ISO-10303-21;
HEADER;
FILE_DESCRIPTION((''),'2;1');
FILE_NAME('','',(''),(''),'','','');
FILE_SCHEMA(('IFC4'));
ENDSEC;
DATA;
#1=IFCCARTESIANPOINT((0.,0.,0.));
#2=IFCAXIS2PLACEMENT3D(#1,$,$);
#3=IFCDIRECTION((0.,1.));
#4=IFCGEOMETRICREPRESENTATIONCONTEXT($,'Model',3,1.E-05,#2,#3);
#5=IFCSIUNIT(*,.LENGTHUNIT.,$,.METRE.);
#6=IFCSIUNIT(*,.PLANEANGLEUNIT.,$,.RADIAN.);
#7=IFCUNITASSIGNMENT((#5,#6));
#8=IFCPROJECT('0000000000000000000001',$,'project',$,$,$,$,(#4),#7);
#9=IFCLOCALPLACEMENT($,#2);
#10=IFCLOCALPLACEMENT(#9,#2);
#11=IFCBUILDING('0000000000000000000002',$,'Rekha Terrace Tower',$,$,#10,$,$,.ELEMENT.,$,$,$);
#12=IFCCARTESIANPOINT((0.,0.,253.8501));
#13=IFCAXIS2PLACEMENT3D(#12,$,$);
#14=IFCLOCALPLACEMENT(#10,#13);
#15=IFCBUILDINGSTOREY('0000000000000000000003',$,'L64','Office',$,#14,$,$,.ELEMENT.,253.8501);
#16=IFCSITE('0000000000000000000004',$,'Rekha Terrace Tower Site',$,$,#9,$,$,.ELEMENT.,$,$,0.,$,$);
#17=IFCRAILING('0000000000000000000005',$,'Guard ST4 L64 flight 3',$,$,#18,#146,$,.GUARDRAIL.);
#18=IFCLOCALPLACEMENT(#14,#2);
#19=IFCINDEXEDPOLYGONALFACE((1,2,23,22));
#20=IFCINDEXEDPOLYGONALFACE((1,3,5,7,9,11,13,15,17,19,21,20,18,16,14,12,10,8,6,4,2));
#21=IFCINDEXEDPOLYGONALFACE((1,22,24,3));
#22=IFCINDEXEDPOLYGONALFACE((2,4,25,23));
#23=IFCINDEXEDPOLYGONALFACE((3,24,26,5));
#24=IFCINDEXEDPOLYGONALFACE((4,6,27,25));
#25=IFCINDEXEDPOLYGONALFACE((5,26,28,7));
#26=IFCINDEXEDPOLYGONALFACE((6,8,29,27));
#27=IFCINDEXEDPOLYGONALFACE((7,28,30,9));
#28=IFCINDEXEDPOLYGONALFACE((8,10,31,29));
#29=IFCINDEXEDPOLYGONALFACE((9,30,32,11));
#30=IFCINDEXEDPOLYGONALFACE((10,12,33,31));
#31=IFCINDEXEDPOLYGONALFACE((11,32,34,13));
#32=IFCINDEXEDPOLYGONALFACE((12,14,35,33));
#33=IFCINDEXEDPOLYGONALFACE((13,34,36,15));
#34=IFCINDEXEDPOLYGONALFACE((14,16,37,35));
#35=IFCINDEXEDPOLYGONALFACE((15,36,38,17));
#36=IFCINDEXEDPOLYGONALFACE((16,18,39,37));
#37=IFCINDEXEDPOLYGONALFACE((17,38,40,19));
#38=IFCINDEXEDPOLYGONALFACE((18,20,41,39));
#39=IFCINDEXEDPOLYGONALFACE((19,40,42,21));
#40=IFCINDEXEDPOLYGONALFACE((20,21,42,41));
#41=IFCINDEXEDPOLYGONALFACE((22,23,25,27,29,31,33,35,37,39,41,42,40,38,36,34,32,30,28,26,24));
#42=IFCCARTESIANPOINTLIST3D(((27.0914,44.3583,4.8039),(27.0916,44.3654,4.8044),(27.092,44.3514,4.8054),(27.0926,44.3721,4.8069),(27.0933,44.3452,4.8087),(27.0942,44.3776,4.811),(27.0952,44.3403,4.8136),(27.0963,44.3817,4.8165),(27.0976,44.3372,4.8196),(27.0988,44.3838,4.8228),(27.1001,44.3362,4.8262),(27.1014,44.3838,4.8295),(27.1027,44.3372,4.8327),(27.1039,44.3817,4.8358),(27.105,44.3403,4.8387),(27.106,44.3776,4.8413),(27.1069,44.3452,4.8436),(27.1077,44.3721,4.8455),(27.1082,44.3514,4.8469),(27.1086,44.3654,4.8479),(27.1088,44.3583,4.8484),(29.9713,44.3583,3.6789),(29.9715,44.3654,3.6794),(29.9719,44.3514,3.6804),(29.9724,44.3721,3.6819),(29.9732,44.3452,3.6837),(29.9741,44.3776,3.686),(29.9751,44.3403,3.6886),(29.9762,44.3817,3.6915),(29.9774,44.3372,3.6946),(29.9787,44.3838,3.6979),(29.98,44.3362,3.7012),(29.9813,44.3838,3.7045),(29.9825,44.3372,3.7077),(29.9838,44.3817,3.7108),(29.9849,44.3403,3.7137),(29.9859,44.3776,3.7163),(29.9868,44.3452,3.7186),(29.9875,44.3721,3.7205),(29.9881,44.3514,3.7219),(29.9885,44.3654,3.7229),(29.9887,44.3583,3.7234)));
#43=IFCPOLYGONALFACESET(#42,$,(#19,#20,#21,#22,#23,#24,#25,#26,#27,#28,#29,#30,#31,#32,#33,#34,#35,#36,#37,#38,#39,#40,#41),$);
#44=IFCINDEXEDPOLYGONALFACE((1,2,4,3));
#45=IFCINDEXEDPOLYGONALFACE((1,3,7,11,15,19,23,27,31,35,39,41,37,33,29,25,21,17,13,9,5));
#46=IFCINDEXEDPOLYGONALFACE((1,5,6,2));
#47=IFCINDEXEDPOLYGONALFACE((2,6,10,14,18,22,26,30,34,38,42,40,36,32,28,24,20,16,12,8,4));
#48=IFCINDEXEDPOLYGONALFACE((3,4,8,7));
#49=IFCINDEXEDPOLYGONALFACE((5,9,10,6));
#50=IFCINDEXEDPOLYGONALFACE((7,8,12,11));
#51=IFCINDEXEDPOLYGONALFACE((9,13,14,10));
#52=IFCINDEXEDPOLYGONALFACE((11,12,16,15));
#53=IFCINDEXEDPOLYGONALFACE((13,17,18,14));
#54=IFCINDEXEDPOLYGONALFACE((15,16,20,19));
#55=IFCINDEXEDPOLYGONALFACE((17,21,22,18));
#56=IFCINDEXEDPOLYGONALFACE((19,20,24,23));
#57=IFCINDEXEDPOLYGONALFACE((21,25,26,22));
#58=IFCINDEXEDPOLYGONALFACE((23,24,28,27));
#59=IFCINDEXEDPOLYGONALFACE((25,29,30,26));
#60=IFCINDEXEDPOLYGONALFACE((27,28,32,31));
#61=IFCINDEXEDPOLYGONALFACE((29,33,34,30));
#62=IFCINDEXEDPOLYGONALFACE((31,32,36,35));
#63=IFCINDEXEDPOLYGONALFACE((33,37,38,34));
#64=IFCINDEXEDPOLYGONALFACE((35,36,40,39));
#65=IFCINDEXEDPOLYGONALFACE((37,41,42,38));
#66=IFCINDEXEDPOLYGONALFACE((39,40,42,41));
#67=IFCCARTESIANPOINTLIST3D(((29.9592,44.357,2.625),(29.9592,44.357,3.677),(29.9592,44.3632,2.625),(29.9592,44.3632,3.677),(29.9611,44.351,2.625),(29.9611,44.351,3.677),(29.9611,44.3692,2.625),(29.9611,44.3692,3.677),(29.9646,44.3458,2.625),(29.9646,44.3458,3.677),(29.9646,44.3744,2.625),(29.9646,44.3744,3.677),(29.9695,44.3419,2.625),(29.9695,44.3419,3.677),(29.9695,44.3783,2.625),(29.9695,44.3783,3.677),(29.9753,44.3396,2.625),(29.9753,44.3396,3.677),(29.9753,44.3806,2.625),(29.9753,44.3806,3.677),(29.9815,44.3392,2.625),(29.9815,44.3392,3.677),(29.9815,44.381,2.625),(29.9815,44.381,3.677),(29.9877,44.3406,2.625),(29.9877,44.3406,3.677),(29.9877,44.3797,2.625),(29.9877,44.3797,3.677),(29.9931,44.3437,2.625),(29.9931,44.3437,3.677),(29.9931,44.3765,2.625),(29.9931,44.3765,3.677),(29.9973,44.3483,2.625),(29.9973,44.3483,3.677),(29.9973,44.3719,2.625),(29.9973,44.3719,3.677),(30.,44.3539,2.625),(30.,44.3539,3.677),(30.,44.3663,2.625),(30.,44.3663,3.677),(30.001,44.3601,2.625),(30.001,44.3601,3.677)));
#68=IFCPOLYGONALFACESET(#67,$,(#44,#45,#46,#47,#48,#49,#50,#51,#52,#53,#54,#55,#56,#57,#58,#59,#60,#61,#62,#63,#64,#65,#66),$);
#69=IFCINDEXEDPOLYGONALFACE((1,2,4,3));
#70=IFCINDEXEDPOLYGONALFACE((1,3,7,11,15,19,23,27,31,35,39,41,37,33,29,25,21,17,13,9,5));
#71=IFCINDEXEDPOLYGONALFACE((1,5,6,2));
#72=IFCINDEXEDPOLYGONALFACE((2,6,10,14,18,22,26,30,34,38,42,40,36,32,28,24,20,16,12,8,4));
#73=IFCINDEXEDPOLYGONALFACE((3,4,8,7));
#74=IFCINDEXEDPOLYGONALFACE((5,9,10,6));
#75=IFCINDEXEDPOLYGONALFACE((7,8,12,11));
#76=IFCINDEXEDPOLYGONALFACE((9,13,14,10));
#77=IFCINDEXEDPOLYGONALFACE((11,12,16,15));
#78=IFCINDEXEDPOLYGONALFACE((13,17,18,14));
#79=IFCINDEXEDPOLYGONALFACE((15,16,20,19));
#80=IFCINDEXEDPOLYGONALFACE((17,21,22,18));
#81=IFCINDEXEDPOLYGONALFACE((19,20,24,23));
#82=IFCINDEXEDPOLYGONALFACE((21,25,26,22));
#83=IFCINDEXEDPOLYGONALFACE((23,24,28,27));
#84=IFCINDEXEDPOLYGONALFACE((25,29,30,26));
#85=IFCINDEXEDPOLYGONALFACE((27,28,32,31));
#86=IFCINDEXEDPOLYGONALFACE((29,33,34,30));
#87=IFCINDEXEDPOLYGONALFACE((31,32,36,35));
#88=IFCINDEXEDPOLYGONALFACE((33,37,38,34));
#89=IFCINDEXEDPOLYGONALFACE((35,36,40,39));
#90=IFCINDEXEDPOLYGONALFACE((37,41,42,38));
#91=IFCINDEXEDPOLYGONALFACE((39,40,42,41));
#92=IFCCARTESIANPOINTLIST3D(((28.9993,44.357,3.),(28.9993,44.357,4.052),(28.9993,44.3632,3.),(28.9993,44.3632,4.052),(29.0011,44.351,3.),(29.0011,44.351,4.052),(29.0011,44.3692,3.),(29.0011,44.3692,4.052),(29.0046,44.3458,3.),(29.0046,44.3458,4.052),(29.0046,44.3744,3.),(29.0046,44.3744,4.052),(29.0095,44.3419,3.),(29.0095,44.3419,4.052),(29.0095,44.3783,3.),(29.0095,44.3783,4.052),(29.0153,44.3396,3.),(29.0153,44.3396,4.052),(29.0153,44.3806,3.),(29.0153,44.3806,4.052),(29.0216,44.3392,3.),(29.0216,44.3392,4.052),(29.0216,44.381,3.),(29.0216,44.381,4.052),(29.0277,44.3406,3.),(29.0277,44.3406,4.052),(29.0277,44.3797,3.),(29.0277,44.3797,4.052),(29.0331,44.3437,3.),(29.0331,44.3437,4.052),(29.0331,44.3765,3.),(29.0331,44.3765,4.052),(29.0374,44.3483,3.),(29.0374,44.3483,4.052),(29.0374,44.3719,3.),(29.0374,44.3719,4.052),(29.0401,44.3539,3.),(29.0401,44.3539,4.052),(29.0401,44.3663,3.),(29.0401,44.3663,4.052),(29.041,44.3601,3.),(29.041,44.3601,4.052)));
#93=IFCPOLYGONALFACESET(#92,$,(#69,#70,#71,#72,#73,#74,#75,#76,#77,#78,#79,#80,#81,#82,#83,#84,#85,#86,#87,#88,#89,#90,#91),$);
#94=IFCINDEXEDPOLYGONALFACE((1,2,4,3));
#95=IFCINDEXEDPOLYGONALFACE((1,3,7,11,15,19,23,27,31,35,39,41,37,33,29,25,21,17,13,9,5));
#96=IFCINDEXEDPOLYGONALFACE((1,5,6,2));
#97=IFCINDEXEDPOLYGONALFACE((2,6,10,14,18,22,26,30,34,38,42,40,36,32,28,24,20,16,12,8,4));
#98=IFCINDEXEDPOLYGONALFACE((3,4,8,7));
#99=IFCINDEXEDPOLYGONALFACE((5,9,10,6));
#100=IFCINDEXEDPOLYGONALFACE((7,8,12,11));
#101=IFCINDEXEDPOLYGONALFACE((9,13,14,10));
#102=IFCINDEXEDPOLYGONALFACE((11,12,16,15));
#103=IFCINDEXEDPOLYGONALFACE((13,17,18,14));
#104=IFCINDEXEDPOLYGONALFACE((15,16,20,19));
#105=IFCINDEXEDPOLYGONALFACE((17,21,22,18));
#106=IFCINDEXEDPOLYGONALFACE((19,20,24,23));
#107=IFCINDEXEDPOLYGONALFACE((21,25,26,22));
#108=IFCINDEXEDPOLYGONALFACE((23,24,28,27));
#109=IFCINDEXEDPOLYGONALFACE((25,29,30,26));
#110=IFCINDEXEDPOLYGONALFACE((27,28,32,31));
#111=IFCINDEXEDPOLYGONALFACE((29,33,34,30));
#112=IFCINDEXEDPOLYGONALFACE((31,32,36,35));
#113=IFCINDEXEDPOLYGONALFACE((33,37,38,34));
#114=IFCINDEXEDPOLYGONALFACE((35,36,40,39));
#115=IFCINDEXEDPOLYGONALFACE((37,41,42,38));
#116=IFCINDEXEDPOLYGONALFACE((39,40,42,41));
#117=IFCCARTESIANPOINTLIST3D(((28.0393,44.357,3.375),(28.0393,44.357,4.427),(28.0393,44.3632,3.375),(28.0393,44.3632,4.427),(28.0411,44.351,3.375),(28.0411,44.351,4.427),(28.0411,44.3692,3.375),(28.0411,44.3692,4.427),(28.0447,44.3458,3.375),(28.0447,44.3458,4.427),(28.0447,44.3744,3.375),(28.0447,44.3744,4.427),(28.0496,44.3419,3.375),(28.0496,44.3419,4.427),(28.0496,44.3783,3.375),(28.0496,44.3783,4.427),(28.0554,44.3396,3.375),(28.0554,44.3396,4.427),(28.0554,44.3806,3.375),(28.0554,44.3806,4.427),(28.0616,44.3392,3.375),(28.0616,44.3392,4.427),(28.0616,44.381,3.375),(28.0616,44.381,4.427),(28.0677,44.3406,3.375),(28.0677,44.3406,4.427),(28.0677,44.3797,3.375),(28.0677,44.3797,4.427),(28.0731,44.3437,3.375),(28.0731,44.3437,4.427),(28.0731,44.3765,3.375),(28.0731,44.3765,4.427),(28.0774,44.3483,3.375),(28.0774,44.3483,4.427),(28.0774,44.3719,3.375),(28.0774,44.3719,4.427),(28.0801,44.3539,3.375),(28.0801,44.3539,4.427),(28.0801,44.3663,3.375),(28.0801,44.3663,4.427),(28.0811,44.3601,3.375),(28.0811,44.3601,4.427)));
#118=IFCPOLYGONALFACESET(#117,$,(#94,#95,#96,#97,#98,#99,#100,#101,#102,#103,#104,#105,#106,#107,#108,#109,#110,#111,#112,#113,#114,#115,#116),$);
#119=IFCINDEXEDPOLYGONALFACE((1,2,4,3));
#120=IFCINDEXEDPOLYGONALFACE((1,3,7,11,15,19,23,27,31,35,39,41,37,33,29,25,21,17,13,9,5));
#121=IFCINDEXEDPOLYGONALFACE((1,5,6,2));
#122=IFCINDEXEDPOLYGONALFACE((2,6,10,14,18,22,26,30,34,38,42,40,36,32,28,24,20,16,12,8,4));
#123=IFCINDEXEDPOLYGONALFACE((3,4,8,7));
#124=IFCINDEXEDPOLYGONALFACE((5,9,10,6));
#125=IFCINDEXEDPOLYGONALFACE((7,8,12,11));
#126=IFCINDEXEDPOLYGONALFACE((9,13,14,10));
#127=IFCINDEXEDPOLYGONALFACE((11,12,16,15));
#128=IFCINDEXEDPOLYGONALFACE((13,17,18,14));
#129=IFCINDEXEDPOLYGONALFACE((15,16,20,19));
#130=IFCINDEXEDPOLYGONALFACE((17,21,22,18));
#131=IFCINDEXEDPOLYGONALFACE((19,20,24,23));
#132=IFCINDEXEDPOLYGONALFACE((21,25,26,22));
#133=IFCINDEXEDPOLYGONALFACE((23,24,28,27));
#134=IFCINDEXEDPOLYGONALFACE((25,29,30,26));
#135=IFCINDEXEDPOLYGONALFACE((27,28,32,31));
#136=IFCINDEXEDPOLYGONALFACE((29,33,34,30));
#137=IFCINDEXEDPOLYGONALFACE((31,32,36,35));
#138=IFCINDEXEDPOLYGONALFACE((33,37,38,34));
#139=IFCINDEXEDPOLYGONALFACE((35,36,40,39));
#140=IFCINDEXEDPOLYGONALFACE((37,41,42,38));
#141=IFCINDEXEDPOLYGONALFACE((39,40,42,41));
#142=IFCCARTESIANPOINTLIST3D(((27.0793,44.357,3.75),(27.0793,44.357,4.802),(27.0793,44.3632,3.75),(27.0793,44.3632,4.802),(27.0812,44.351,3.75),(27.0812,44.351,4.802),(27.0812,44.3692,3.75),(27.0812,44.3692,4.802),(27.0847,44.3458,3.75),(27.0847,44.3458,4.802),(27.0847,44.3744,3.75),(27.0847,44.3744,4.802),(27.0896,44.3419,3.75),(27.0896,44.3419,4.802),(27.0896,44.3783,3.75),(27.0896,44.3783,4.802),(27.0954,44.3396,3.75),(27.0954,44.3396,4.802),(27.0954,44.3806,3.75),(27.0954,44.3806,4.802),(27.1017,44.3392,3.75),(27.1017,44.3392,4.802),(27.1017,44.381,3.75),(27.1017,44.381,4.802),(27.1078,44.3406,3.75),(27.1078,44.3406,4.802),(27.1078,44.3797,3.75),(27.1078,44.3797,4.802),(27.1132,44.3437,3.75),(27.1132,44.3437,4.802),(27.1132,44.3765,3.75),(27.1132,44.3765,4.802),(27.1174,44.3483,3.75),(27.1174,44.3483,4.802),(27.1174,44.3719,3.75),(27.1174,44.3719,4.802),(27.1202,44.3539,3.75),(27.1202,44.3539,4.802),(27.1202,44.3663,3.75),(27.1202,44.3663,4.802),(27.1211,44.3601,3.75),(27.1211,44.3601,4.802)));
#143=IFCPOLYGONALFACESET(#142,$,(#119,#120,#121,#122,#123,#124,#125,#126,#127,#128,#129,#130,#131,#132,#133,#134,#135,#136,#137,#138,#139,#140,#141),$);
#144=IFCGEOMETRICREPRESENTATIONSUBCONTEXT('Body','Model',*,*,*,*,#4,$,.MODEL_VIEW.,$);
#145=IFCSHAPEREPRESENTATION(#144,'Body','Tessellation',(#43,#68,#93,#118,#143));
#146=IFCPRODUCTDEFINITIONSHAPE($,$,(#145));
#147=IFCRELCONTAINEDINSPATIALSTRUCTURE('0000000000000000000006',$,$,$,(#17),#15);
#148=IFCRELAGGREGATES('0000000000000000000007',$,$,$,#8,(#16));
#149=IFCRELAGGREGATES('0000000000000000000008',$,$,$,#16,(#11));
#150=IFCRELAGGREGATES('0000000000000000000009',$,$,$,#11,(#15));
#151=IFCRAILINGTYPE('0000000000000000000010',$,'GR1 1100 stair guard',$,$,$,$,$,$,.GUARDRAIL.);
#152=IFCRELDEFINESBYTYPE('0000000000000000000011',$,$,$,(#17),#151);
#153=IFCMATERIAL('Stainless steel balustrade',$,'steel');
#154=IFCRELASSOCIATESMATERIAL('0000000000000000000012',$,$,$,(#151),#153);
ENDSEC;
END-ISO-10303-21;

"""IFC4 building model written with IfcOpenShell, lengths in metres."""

from ifc_helpers import new_model, si_unit, direction, frame, origin, origin_2d, place, context, subcontext, project, spatial, circle, extrude, material, type_object, element, save


model = new_model("IFC4")

# Units and contexts
model_context = context("Model", 3, precision=1e-05, world=origin(), true_north=direction((0.0, 1.0)))
body_context = subcontext(model_context, "Body", "Model", "MODEL_VIEW")
ifc_project = project(units=[si_unit("LENGTHUNIT", "METRE"), si_unit("PLANEANGLEUNIT", "RADIAN")], contexts=[model_context])

# Site, building, storey
site_placement = place(None, origin())
site = spatial("IfcSite", under=ifc_project, at=site_placement, Name="Rekha Terrace Tower Site", CompositionType="ELEMENT", RefElevation=0.0)
building_placement = place(site_placement, origin())
building = spatial("IfcBuilding", under=site, at=building_placement, Name="Rekha Terrace Tower", CompositionType="ELEMENT")
storey_placement = place(building_placement, frame((0.0, 0.0, 253.8501)))
storey = spatial("IfcBuildingStorey", under=building, at=storey_placement, Name="L64", Description="Office", CompositionType="ELEMENT", Elevation=253.8501)

# Railing
ifc_material_1 = material(Name="Stainless steel balustrade", Category="steel")
railing_type_1 = type_object("IfcRailingType", Name="GR1 1100 stair guard", PredefinedType="GUARDRAIL", material=ifc_material_1)
railing_1_placement = place(storey_placement, frame((29.98, 44.3601, 2.625)))
element("IfcRailing", 1, at=railing_1_placement, inside=storey, type_object=railing_type_1, Name="Guard ST4 L64 flight 3", PredefinedType="GUARDRAIL", context=body_context, shape_type="SweptSolid", body=[
    extrude(circle(Radius=0.0239, at=origin_2d()), frame((0.0, 0.0, 1.0762), z_axis=(-0.931452, 0.0, 0.363863), x_axis=(0.0, -1.0, 0.0)), (0.0, 0.0, 1.0), 3.0918),
    extrude(circle(Radius=0.021, at=origin_2d()), origin(), (0.0, 0.0, 1.0), 1.052),
    extrude(circle(Radius=0.021, at=origin_2d()), frame((-0.96, 0.0, 0.375)), (0.0, 0.0, 1.0), 1.052),
    extrude(circle(Radius=0.021, at=origin_2d()), frame((-1.9199, 0.0, 0.75)), (0.0, 0.0, 1.0), 1.052),
    extrude(circle(Radius=0.021, at=origin_2d()), frame((-2.8799, 0.0, 1.125)), (0.0, 0.0, 1.0), 1.052),
])

save(model, "model.ifc")
